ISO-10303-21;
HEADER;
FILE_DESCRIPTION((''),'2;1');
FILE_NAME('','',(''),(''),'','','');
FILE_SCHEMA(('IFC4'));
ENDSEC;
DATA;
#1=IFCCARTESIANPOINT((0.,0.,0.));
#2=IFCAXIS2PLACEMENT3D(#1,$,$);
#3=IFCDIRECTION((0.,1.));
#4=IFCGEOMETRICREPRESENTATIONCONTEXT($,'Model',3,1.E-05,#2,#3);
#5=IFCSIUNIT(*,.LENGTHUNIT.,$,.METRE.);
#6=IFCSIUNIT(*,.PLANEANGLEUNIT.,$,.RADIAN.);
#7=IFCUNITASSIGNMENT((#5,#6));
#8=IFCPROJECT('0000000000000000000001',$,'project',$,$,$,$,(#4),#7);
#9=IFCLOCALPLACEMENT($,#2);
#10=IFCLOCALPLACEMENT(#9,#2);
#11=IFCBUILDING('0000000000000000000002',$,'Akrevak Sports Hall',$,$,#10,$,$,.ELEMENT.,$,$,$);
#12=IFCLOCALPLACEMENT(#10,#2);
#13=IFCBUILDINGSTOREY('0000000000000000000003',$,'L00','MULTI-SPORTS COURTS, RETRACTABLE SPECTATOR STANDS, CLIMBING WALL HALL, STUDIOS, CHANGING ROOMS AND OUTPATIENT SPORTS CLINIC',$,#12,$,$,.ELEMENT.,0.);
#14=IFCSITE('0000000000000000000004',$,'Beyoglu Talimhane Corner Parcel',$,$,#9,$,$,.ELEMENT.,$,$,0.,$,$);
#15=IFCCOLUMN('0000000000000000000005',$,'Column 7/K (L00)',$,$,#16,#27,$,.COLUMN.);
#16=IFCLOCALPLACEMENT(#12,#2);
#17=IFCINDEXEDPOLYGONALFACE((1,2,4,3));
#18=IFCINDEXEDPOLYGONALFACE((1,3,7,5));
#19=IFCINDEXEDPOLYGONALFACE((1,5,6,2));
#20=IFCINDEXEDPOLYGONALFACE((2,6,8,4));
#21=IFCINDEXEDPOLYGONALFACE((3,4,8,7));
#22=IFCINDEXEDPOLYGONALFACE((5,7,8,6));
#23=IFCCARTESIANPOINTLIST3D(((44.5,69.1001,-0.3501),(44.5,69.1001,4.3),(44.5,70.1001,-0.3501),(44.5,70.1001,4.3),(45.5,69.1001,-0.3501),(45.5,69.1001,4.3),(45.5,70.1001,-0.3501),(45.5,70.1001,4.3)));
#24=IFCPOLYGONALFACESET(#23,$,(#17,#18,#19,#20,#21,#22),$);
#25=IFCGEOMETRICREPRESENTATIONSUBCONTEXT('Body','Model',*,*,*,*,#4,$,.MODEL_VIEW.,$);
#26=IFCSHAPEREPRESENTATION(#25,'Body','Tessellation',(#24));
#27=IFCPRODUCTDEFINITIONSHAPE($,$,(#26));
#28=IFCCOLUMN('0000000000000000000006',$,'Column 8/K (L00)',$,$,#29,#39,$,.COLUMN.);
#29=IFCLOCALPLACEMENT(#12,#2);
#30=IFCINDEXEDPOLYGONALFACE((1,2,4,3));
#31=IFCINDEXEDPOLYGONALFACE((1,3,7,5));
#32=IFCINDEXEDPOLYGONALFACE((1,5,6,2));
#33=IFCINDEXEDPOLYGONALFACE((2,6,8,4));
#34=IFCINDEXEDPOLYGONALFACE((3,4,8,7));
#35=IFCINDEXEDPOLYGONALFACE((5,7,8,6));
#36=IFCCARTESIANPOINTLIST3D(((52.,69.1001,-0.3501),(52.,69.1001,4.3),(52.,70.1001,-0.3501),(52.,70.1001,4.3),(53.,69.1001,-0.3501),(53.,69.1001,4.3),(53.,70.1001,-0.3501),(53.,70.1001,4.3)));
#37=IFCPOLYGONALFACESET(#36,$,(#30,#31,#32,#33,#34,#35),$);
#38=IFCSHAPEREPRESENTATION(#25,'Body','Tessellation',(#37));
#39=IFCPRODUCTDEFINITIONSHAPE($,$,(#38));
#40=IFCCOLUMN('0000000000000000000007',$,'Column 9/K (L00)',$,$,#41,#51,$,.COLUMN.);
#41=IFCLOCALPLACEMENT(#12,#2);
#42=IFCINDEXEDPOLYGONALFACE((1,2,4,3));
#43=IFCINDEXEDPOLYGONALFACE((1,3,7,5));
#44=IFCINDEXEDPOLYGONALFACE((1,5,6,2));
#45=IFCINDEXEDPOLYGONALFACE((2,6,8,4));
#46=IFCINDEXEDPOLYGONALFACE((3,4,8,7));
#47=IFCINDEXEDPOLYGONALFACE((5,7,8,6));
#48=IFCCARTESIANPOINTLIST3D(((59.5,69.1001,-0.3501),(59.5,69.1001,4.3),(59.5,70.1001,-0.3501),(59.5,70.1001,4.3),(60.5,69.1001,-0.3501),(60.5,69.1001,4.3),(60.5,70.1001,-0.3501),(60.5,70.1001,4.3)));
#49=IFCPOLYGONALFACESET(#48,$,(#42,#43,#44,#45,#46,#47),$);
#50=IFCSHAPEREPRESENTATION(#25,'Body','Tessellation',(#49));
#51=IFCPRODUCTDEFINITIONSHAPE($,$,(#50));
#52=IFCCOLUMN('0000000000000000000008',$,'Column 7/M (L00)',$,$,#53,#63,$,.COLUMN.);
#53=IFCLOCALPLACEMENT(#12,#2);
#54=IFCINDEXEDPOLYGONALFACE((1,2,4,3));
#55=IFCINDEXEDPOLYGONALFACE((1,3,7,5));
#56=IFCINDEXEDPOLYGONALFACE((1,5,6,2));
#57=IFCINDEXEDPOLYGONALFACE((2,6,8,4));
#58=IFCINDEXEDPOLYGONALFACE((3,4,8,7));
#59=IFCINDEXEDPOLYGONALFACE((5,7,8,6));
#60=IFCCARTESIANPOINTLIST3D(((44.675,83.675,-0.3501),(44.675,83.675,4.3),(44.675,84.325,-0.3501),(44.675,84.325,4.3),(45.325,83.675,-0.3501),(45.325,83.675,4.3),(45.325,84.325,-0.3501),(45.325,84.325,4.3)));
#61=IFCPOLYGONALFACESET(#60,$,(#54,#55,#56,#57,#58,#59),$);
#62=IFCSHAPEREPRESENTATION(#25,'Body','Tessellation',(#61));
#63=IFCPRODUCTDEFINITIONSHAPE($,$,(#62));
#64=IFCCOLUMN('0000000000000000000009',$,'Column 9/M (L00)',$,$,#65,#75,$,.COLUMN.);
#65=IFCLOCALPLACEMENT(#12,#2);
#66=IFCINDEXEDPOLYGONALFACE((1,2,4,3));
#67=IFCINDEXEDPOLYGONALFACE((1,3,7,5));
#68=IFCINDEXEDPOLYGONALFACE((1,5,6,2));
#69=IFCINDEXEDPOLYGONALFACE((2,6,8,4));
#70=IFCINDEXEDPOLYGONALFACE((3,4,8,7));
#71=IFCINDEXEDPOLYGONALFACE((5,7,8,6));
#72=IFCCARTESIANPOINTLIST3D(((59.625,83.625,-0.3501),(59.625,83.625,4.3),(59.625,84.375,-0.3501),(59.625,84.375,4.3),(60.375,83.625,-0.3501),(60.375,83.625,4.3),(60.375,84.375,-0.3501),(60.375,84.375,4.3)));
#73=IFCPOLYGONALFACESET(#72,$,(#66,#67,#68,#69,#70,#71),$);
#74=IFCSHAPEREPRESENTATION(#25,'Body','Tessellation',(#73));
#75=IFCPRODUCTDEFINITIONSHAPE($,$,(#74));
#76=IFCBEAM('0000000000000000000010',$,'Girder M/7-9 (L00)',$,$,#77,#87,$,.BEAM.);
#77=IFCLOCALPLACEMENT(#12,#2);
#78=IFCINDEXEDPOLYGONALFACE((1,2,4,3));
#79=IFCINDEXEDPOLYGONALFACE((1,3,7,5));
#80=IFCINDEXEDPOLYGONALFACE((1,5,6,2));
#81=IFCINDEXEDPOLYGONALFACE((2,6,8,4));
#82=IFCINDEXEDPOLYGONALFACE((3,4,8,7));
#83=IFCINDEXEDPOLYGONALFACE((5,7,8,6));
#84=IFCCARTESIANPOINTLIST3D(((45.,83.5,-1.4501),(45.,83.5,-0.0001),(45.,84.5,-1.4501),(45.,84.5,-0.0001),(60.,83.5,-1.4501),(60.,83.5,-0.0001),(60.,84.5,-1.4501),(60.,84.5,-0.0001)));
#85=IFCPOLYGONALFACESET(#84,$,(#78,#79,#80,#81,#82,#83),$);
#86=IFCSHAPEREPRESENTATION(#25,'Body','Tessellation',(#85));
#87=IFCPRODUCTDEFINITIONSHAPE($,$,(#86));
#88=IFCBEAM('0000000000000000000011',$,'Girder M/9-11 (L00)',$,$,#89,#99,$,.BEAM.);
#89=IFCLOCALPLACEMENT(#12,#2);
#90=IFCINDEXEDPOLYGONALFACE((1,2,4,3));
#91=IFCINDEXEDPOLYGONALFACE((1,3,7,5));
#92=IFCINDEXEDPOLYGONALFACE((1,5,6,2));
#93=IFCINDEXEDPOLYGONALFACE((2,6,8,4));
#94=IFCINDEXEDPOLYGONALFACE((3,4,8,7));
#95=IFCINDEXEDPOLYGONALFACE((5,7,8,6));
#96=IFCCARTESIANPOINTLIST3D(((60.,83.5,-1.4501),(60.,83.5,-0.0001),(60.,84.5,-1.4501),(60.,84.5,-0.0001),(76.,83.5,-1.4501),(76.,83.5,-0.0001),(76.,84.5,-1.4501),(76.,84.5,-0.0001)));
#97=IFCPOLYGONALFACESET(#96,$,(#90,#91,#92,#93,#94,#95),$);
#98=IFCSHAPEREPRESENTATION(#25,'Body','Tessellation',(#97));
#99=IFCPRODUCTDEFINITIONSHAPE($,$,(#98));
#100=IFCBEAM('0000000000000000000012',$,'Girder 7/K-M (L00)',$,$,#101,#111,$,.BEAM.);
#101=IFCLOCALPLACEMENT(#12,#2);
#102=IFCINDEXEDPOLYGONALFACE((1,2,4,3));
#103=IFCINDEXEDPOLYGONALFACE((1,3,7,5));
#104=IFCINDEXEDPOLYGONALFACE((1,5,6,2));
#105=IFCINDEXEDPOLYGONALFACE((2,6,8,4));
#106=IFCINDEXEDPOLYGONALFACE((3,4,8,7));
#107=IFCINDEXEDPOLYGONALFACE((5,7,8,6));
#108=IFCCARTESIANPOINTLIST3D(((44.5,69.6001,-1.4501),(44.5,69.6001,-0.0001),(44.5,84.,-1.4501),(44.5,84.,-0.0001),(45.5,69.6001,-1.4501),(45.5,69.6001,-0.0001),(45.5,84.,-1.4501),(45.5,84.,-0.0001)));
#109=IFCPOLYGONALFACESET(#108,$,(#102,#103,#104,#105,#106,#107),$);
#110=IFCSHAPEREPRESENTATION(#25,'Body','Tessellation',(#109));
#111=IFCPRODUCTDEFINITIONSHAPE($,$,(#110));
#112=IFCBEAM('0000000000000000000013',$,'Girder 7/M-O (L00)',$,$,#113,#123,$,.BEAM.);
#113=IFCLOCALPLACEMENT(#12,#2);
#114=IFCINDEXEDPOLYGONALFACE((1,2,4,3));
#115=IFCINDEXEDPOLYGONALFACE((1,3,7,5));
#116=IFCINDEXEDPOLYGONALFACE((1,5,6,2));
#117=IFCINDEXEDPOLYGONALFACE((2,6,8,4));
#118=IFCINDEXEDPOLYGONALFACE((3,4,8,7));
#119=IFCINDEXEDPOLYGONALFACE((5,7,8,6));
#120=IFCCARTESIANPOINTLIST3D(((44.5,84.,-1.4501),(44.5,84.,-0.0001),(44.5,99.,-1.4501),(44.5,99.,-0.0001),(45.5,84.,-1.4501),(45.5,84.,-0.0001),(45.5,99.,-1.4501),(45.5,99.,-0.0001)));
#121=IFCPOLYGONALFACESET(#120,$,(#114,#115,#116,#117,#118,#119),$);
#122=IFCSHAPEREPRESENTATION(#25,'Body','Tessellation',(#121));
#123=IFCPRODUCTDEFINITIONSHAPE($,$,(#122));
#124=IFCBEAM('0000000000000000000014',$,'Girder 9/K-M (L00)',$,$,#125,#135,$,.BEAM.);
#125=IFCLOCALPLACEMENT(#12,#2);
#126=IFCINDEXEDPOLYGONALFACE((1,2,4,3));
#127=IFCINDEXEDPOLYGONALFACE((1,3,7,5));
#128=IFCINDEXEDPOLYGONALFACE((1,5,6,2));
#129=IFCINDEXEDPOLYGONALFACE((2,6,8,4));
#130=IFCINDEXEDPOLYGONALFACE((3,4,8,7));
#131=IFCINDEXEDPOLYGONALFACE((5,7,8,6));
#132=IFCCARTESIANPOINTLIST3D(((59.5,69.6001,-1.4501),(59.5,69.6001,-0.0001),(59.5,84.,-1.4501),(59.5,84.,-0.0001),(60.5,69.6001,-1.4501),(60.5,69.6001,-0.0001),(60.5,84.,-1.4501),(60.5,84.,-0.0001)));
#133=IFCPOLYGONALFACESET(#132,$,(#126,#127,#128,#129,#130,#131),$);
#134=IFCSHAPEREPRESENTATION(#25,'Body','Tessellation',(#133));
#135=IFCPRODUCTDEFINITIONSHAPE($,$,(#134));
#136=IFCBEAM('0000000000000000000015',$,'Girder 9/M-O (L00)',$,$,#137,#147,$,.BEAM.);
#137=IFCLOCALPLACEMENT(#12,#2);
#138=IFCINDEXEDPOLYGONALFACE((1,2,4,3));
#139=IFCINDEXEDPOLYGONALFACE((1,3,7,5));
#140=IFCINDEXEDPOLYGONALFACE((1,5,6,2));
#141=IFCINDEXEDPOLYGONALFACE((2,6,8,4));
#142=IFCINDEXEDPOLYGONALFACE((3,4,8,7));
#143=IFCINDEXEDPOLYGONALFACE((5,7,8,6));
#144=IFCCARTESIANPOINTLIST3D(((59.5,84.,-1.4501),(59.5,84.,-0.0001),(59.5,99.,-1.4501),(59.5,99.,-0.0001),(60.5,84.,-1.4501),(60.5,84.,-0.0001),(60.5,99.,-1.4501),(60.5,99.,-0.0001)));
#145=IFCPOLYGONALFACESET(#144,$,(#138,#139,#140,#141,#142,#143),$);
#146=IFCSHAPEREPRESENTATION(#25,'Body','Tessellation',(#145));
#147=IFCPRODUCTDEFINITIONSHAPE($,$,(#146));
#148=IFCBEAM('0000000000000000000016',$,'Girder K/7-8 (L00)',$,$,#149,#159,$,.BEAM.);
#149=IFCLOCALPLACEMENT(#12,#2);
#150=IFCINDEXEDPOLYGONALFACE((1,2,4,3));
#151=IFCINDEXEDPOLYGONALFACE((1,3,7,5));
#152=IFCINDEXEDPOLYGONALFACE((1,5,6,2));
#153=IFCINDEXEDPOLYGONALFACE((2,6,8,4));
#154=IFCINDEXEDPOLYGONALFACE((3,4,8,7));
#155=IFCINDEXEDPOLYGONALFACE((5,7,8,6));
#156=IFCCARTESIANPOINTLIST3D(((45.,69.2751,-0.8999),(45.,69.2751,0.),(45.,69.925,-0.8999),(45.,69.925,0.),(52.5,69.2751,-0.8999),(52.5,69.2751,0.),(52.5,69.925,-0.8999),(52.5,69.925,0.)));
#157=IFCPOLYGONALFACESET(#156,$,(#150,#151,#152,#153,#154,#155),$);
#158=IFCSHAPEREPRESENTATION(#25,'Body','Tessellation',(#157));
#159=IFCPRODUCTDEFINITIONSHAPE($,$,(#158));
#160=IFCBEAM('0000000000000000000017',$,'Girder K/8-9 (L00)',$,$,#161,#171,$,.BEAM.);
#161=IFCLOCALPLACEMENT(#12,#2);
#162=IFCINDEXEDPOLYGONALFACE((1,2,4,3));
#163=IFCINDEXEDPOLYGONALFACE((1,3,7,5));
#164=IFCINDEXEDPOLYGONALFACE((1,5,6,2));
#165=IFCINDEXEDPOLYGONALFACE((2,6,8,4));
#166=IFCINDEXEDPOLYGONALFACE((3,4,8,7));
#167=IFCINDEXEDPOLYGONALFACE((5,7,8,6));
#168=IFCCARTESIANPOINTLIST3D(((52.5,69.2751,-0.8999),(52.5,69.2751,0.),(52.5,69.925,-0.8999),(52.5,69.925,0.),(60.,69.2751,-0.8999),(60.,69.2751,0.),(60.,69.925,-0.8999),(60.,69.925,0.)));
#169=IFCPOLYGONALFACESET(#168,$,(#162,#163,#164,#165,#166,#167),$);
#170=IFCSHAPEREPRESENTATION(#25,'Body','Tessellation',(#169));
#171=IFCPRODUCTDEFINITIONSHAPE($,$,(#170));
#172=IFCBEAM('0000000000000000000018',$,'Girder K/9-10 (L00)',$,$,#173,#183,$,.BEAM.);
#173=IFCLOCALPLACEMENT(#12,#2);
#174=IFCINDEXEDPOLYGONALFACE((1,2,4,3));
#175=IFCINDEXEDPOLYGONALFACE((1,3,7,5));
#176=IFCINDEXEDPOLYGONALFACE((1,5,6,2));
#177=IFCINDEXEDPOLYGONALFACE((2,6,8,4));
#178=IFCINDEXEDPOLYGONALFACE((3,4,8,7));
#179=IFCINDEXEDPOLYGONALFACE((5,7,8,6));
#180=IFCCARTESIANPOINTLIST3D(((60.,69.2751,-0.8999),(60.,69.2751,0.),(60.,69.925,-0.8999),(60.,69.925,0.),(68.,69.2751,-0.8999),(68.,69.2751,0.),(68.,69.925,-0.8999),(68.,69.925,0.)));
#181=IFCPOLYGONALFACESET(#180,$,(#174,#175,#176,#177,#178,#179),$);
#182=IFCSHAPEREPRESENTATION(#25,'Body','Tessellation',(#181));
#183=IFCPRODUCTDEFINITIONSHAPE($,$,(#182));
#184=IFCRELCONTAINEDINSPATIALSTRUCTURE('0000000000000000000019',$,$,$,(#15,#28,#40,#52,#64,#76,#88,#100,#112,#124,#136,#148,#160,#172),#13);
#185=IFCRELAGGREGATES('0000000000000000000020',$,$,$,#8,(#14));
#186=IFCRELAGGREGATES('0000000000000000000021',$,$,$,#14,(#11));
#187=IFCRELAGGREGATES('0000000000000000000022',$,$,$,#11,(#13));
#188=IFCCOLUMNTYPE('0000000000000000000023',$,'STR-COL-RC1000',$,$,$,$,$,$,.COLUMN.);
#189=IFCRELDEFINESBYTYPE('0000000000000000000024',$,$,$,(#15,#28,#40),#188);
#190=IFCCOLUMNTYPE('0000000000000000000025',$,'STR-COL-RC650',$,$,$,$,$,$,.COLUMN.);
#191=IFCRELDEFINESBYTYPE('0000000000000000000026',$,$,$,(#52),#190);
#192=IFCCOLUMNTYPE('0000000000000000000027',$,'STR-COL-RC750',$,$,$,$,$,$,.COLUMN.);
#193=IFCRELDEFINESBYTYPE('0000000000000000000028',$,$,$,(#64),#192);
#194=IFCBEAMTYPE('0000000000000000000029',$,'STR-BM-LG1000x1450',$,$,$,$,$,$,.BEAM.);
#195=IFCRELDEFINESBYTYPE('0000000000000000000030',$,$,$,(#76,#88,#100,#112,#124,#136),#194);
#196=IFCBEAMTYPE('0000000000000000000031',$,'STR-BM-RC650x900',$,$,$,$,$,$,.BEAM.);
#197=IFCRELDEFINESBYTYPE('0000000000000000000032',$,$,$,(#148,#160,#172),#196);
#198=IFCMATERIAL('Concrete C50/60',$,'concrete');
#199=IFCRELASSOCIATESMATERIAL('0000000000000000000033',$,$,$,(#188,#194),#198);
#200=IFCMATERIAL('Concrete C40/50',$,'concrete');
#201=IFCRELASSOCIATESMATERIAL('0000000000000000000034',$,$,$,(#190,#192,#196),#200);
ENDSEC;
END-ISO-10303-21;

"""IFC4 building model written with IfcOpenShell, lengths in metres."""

from ifc_helpers import new_model, si_unit, direction, frame, origin, origin_2d, place, context, subcontext, project, spatial, rectangle, extrude, material, material_profile, profile_set, type_object, element, save


model = new_model("IFC4")

# Units and contexts
model_context = context("Model", 3, precision=1e-05, world=origin(), true_north=direction((0.0, 1.0)))
body_context = subcontext(model_context, "Body", "Model", "MODEL_VIEW")
ifc_project = project(units=[si_unit("LENGTHUNIT", "METRE"), si_unit("PLANEANGLEUNIT", "RADIAN")], contexts=[model_context])

# Site, building, storey
site_placement = place(None, origin())
site = spatial("IfcSite", under=ifc_project, at=site_placement, Name="Beyoglu Talimhane Corner Parcel", CompositionType="ELEMENT", RefElevation=0.0)
building_placement = place(site_placement, origin())
building = spatial("IfcBuilding", under=site, at=building_placement, Name="Akrevak Sports Hall", CompositionType="ELEMENT")
storey_placement = place(building_placement, origin())
storey = spatial("IfcBuildingStorey", under=building, at=storey_placement, Name="L00", Description="MULTI-SPORTS COURTS, RETRACTABLE SPECTATOR STANDS, CLIMBING WALL HALL, STUDIOS, CHANGING ROOMS AND OUTPATIENT SPORTS CLINIC", CompositionType="ELEMENT", Elevation=0.0)

# Columns
ifc_material_1 = material(Name="Concrete C50/60", Category="concrete")
ifc_material_profile_1 = material_profile(ifc_material_1, rectangle(XDim=1.0, YDim=1.0, at=origin_2d()), Name="RC 1000x1000", Category="concrete")
ifc_profile_set_1 = profile_set([ifc_material_profile_1], Name="Concrete C50/60")
column_type_1 = type_object("IfcColumnType", Name="STR-COL-RC1000", PredefinedType="COLUMN", material=ifc_profile_set_1)
for number, where, z_axis, x_axis, name in (
    (1, (45.0, 69.6001, -0.3501), (0.0, 0.0, 1.0), (1.0, 0.0, 0.0), "Column 7/K (L00)"),
    (2, (52.5, 69.6001, -0.3501), (0.0, 0.0, 1.0), (1.0, 0.0, 0.0), "Column 8/K (L00)"),
    (3, (60.0, 69.6001, -0.3501), (0.0, 0.0, 1.0), (1.0, 0.0, 0.0), "Column 9/K (L00)"),
):
    element("IfcColumn", number, at=place(storey_placement, frame(where, z_axis=z_axis, x_axis=x_axis)), inside=storey, type_object=column_type_1, Name=name, PredefinedType="COLUMN", context=body_context, shape_type="SweptSolid", body=[
        extrude(rectangle(XDim=1.0, YDim=1.0, at=origin_2d()), origin(), (0.0, 0.0, 1.0), 4.6501),
    ])
ifc_material_2 = material(Name="Concrete C40/50", Category="concrete")
ifc_material_profile_2 = material_profile(ifc_material_2, rectangle(XDim=0.6499, YDim=0.6499, at=origin_2d()), Name="RC 650x650", Category="concrete")
ifc_profile_set_2 = profile_set([ifc_material_profile_2], Name="Concrete C40/50")
column_type_2 = type_object("IfcColumnType", Name="STR-COL-RC650", PredefinedType="COLUMN", material=ifc_profile_set_2)
column_1_placement = place(storey_placement, frame((45.0, 84.0, -0.3501), z_axis=(0.0, 0.0, 1.0), x_axis=(1.0, 0.0, 0.0)))
element("IfcColumn", 4, at=column_1_placement, inside=storey, type_object=column_type_2, Name="Column 7/M (L00)", PredefinedType="COLUMN", context=body_context, shape_type="SweptSolid", body=[
    extrude(rectangle(XDim=0.6499, YDim=0.6499, at=origin_2d()), origin(), (0.0, 0.0, 1.0), 4.6501),
])
ifc_material_profile_3 = material_profile(ifc_material_2, rectangle(XDim=0.75, YDim=0.75, at=origin_2d()), Name="RC 750x750", Category="concrete")
ifc_profile_set_3 = profile_set([ifc_material_profile_3], Name="Concrete C40/50")
column_type_3 = type_object("IfcColumnType", Name="STR-COL-RC750", PredefinedType="COLUMN", material=ifc_profile_set_3)
column_2_placement = place(storey_placement, frame((60.0, 84.0, -0.3501), z_axis=(0.0, 0.0, 1.0), x_axis=(1.0, 0.0, 0.0)))
element("IfcColumn", 5, at=column_2_placement, inside=storey, type_object=column_type_3, Name="Column 9/M (L00)", PredefinedType="COLUMN", context=body_context, shape_type="SweptSolid", body=[
    extrude(rectangle(XDim=0.75, YDim=0.75, at=origin_2d()), origin(), (0.0, 0.0, 1.0), 4.6501),
])

# Beams
ifc_material_profile_4 = material_profile(ifc_material_1, rectangle(XDim=1.0, YDim=1.45, at=origin_2d()), Name="BM 1000x1450", Category="concrete")
ifc_profile_set_4 = profile_set([ifc_material_profile_4], Name="Concrete C50/60")
beam_type_1 = type_object("IfcBeamType", Name="STR-BM-LG1000x1450", PredefinedType="BEAM", material=ifc_profile_set_4)
beam_1_placement = place(storey_placement, frame((45.0, 84.0, -0.7251), z_axis=(1.0, 0.0, 0.0), x_axis=(0.0, 1.0, 0.0)))
element("IfcBeam", 6, at=beam_1_placement, inside=storey, type_object=beam_type_1, Name="Girder M/7-9 (L00)", PredefinedType="BEAM", context=body_context, shape_type="SweptSolid", body=[
    extrude(rectangle(XDim=1.0, YDim=1.45, at=origin_2d()), origin(), (0.0, 0.0, 1.0), 15.0),
])
beam_2_placement = place(storey_placement, frame((60.0, 84.0, -0.7251), z_axis=(1.0, 0.0, 0.0), x_axis=(0.0, 1.0, 0.0)))
element("IfcBeam", 7, at=beam_2_placement, inside=storey, type_object=beam_type_1, Name="Girder M/9-11 (L00)", PredefinedType="BEAM", context=body_context, shape_type="SweptSolid", body=[
    extrude(rectangle(XDim=1.0, YDim=1.45, at=origin_2d()), origin(), (0.0, 0.0, 1.0), 16.0),
])
beam_3_placement = place(storey_placement, frame((45.0, 69.6001, -0.7251), z_axis=(0.0, 1.0, 0.0), x_axis=(-1.0, 0.0, 0.0)))
element("IfcBeam", 8, at=beam_3_placement, inside=storey, type_object=beam_type_1, Name="Girder 7/K-M (L00)", PredefinedType="BEAM", context=body_context, shape_type="SweptSolid", body=[
    extrude(rectangle(XDim=1.0, YDim=1.45, at=origin_2d()), origin(), (0.0, 0.0, 1.0), 14.3999),
])
beam_4_placement = place(storey_placement, frame((45.0, 84.0, -0.7251), z_axis=(0.0, 1.0, 0.0), x_axis=(-1.0, 0.0, 0.0)))
element("IfcBeam", 9, at=beam_4_placement, inside=storey, type_object=beam_type_1, Name="Girder 7/M-O (L00)", PredefinedType="BEAM", context=body_context, shape_type="SweptSolid", body=[
    extrude(rectangle(XDim=1.0, YDim=1.45, at=origin_2d()), origin(), (0.0, 0.0, 1.0), 15.0),
])
beam_5_placement = place(storey_placement, frame((60.0, 69.6001, -0.7251), z_axis=(0.0, 1.0, 0.0), x_axis=(-1.0, 0.0, 0.0)))
element("IfcBeam", 10, at=beam_5_placement, inside=storey, type_object=beam_type_1, Name="Girder 9/K-M (L00)", PredefinedType="BEAM", context=body_context, shape_type="SweptSolid", body=[
    extrude(rectangle(XDim=1.0, YDim=1.45, at=origin_2d()), origin(), (0.0, 0.0, 1.0), 14.3999),
])
beam_6_placement = place(storey_placement, frame((60.0, 84.0, -0.7251), z_axis=(0.0, 1.0, 0.0), x_axis=(-1.0, 0.0, 0.0)))
element("IfcBeam", 11, at=beam_6_placement, inside=storey, type_object=beam_type_1, Name="Girder 9/M-O (L00)", PredefinedType="BEAM", context=body_context, shape_type="SweptSolid", body=[
    extrude(rectangle(XDim=1.0, YDim=1.45, at=origin_2d()), origin(), (0.0, 0.0, 1.0), 15.0),
])
ifc_material_profile_5 = material_profile(ifc_material_2, rectangle(XDim=0.6499, YDim=0.8999, at=origin_2d()), Name="BM 650x900", Category="concrete")
ifc_profile_set_5 = profile_set([ifc_material_profile_5], Name="Concrete C40/50")
beam_type_2 = type_object("IfcBeamType", Name="STR-BM-RC650x900", PredefinedType="BEAM", material=ifc_profile_set_5)
for number, where, z_axis, x_axis, name in (
    (12, (45.0, 69.6001, -0.45), (1.0, 0.0, 0.0), (0.0, 1.0, 0.0), "Girder K/7-8 (L00)"),
    (13, (52.5, 69.6001, -0.45), (1.0, 0.0, 0.0), (0.0, 1.0, 0.0), "Girder K/8-9 (L00)"),
):
    element("IfcBeam", number, at=place(storey_placement, frame(where, z_axis=z_axis, x_axis=x_axis)), inside=storey, type_object=beam_type_2, Name=name, PredefinedType="BEAM", context=body_context, shape_type="SweptSolid", body=[
        extrude(rectangle(XDim=0.6499, YDim=0.8999, at=origin_2d()), origin(), (0.0, 0.0, 1.0), 7.5),
    ])
beam_7_placement = place(storey_placement, frame((60.0, 69.6001, -0.45), z_axis=(1.0, 0.0, 0.0), x_axis=(0.0, 1.0, 0.0)))
element("IfcBeam", 14, at=beam_7_placement, inside=storey, type_object=beam_type_2, Name="Girder K/9-10 (L00)", PredefinedType="BEAM", context=body_context, shape_type="SweptSolid", body=[
    extrude(rectangle(XDim=0.6499, YDim=0.8999, at=origin_2d()), origin(), (0.0, 0.0, 1.0), 8.0),
])

save(model, "model.ifc")
